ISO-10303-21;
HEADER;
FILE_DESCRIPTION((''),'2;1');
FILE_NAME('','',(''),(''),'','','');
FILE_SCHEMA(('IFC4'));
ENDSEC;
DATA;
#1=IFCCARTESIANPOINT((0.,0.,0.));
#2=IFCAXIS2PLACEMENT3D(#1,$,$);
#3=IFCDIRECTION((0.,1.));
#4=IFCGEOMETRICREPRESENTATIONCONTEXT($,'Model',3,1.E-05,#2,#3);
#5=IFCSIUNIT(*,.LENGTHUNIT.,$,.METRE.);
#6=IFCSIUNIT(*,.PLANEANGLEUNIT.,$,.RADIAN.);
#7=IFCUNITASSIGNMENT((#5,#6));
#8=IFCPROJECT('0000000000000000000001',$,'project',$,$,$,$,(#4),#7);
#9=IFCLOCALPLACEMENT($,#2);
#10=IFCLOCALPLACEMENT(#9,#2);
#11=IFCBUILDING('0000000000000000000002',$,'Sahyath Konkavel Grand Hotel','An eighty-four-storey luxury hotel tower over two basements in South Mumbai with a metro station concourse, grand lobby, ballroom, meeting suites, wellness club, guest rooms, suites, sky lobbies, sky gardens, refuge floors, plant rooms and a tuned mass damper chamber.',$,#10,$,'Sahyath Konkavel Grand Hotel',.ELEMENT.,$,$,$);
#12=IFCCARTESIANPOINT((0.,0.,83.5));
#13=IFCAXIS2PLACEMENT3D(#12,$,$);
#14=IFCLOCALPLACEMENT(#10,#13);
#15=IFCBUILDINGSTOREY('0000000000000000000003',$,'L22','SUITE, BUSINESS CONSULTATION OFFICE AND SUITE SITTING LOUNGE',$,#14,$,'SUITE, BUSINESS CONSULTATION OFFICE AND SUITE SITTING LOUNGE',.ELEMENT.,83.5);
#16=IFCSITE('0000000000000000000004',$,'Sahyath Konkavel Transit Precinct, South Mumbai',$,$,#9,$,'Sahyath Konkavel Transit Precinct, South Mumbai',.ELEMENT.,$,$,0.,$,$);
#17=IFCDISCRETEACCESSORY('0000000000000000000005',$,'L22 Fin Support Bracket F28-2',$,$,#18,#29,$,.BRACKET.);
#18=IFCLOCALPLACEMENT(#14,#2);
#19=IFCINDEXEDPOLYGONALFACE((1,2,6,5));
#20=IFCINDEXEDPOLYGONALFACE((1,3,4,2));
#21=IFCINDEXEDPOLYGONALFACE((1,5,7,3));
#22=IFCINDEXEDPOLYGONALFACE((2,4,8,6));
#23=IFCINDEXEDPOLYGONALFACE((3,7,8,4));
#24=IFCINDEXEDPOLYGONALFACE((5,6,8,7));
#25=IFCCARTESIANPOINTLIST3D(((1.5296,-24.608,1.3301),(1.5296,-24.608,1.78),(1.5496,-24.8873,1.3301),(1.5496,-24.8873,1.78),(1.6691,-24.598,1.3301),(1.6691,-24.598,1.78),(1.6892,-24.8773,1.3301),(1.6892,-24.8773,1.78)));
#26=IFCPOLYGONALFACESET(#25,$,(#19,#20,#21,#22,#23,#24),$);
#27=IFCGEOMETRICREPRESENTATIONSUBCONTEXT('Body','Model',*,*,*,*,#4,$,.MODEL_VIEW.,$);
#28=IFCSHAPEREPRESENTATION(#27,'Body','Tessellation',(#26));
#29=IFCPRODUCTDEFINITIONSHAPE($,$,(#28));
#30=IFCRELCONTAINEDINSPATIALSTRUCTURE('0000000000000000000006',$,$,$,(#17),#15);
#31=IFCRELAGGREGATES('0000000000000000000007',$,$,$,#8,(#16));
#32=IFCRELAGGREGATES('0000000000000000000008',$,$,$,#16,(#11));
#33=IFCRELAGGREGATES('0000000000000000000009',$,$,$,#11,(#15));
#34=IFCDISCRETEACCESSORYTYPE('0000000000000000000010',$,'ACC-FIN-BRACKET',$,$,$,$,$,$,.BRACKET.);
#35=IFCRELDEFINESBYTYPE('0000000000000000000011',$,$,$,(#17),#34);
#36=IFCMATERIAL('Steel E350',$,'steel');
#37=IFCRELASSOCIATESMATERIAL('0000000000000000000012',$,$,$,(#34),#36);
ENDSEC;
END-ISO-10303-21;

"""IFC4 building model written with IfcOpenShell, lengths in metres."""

from ifc_helpers import new_model, si_unit, direction, frame, origin, origin_2d, place, context, subcontext, project, spatial, rectangle, extrude, source, transform, mapped, material, type_object, element, save


model = new_model("IFC4")

# Units and contexts
model_context = context("Model", 3, precision=1e-05, world=origin(), true_north=direction((0.0, 1.0)))
body_context = subcontext(model_context, "Body", "Model", "MODEL_VIEW")
ifc_project = project(units=[si_unit("LENGTHUNIT", "METRE"), si_unit("PLANEANGLEUNIT", "RADIAN")], contexts=[model_context])

# Site, building, storey
site_placement = place(None, origin())
site = spatial("IfcSite", under=ifc_project, at=site_placement, Name="Sahyath Konkavel Transit Precinct, South Mumbai", LongName="Sahyath Konkavel Transit Precinct, South Mumbai", CompositionType="ELEMENT", RefElevation=0.0)
building_placement = place(site_placement, origin())
building = spatial("IfcBuilding", under=site, at=building_placement, Name="Sahyath Konkavel Grand Hotel", Description="An eighty-four-storey luxury hotel tower over two basements in South Mumbai with a metro station concourse, grand lobby, ballroom, meeting suites, wellness club, guest rooms, suites, sky lobbies, sky gardens, refuge floors, plant rooms and a tuned mass damper chamber.", LongName="Sahyath Konkavel Grand Hotel", CompositionType="ELEMENT")
storey_placement = place(building_placement, frame((0.0, 0.0, 83.5)))
storey = spatial("IfcBuildingStorey", under=building, at=storey_placement, Name="L22", Description="SUITE, BUSINESS CONSULTATION OFFICE AND SUITE SITTING LOUNGE", LongName="SUITE, BUSINESS CONSULTATION OFFICE AND SUITE SITTING LOUNGE", CompositionType="ELEMENT", Elevation=83.5)

# Shared definitions
ifc_material_1 = material(Name="Steel E350", Category="steel")

# Discrete accessory
discrete_accessory_type = type_object("IfcDiscreteAccessoryType", Name="ACC-FIN-BRACKET", PredefinedType="BRACKET", material=ifc_material_1)
shared_shape_1 = source(origin(), body_context, "Body", "SweptSolid", [
    extrude(rectangle(XDim=0.28, YDim=0.1399, at=origin_2d()), origin(), (0.0, 0.0, 1.0), 0.45),
])
discrete_accessory_placement = place(storey_placement, frame((1.6094, -24.7427, 1.3301), z_axis=(0.0, 0.0, 1.0), x_axis=(0.071567, -0.997436, 0.0)))
element("IfcDiscreteAccessory", 1, at=discrete_accessory_placement, inside=storey, type_object=discrete_accessory_type, Name="L22 Fin Support Bracket F28-2", PredefinedType="BRACKET", context=body_context, shape_type="MappedRepresentation", body=[
    mapped(shared_shape_1, transform((0.0, 0.0, 0.0), scale=1.0)),
])

save(model, "model.ifc")
